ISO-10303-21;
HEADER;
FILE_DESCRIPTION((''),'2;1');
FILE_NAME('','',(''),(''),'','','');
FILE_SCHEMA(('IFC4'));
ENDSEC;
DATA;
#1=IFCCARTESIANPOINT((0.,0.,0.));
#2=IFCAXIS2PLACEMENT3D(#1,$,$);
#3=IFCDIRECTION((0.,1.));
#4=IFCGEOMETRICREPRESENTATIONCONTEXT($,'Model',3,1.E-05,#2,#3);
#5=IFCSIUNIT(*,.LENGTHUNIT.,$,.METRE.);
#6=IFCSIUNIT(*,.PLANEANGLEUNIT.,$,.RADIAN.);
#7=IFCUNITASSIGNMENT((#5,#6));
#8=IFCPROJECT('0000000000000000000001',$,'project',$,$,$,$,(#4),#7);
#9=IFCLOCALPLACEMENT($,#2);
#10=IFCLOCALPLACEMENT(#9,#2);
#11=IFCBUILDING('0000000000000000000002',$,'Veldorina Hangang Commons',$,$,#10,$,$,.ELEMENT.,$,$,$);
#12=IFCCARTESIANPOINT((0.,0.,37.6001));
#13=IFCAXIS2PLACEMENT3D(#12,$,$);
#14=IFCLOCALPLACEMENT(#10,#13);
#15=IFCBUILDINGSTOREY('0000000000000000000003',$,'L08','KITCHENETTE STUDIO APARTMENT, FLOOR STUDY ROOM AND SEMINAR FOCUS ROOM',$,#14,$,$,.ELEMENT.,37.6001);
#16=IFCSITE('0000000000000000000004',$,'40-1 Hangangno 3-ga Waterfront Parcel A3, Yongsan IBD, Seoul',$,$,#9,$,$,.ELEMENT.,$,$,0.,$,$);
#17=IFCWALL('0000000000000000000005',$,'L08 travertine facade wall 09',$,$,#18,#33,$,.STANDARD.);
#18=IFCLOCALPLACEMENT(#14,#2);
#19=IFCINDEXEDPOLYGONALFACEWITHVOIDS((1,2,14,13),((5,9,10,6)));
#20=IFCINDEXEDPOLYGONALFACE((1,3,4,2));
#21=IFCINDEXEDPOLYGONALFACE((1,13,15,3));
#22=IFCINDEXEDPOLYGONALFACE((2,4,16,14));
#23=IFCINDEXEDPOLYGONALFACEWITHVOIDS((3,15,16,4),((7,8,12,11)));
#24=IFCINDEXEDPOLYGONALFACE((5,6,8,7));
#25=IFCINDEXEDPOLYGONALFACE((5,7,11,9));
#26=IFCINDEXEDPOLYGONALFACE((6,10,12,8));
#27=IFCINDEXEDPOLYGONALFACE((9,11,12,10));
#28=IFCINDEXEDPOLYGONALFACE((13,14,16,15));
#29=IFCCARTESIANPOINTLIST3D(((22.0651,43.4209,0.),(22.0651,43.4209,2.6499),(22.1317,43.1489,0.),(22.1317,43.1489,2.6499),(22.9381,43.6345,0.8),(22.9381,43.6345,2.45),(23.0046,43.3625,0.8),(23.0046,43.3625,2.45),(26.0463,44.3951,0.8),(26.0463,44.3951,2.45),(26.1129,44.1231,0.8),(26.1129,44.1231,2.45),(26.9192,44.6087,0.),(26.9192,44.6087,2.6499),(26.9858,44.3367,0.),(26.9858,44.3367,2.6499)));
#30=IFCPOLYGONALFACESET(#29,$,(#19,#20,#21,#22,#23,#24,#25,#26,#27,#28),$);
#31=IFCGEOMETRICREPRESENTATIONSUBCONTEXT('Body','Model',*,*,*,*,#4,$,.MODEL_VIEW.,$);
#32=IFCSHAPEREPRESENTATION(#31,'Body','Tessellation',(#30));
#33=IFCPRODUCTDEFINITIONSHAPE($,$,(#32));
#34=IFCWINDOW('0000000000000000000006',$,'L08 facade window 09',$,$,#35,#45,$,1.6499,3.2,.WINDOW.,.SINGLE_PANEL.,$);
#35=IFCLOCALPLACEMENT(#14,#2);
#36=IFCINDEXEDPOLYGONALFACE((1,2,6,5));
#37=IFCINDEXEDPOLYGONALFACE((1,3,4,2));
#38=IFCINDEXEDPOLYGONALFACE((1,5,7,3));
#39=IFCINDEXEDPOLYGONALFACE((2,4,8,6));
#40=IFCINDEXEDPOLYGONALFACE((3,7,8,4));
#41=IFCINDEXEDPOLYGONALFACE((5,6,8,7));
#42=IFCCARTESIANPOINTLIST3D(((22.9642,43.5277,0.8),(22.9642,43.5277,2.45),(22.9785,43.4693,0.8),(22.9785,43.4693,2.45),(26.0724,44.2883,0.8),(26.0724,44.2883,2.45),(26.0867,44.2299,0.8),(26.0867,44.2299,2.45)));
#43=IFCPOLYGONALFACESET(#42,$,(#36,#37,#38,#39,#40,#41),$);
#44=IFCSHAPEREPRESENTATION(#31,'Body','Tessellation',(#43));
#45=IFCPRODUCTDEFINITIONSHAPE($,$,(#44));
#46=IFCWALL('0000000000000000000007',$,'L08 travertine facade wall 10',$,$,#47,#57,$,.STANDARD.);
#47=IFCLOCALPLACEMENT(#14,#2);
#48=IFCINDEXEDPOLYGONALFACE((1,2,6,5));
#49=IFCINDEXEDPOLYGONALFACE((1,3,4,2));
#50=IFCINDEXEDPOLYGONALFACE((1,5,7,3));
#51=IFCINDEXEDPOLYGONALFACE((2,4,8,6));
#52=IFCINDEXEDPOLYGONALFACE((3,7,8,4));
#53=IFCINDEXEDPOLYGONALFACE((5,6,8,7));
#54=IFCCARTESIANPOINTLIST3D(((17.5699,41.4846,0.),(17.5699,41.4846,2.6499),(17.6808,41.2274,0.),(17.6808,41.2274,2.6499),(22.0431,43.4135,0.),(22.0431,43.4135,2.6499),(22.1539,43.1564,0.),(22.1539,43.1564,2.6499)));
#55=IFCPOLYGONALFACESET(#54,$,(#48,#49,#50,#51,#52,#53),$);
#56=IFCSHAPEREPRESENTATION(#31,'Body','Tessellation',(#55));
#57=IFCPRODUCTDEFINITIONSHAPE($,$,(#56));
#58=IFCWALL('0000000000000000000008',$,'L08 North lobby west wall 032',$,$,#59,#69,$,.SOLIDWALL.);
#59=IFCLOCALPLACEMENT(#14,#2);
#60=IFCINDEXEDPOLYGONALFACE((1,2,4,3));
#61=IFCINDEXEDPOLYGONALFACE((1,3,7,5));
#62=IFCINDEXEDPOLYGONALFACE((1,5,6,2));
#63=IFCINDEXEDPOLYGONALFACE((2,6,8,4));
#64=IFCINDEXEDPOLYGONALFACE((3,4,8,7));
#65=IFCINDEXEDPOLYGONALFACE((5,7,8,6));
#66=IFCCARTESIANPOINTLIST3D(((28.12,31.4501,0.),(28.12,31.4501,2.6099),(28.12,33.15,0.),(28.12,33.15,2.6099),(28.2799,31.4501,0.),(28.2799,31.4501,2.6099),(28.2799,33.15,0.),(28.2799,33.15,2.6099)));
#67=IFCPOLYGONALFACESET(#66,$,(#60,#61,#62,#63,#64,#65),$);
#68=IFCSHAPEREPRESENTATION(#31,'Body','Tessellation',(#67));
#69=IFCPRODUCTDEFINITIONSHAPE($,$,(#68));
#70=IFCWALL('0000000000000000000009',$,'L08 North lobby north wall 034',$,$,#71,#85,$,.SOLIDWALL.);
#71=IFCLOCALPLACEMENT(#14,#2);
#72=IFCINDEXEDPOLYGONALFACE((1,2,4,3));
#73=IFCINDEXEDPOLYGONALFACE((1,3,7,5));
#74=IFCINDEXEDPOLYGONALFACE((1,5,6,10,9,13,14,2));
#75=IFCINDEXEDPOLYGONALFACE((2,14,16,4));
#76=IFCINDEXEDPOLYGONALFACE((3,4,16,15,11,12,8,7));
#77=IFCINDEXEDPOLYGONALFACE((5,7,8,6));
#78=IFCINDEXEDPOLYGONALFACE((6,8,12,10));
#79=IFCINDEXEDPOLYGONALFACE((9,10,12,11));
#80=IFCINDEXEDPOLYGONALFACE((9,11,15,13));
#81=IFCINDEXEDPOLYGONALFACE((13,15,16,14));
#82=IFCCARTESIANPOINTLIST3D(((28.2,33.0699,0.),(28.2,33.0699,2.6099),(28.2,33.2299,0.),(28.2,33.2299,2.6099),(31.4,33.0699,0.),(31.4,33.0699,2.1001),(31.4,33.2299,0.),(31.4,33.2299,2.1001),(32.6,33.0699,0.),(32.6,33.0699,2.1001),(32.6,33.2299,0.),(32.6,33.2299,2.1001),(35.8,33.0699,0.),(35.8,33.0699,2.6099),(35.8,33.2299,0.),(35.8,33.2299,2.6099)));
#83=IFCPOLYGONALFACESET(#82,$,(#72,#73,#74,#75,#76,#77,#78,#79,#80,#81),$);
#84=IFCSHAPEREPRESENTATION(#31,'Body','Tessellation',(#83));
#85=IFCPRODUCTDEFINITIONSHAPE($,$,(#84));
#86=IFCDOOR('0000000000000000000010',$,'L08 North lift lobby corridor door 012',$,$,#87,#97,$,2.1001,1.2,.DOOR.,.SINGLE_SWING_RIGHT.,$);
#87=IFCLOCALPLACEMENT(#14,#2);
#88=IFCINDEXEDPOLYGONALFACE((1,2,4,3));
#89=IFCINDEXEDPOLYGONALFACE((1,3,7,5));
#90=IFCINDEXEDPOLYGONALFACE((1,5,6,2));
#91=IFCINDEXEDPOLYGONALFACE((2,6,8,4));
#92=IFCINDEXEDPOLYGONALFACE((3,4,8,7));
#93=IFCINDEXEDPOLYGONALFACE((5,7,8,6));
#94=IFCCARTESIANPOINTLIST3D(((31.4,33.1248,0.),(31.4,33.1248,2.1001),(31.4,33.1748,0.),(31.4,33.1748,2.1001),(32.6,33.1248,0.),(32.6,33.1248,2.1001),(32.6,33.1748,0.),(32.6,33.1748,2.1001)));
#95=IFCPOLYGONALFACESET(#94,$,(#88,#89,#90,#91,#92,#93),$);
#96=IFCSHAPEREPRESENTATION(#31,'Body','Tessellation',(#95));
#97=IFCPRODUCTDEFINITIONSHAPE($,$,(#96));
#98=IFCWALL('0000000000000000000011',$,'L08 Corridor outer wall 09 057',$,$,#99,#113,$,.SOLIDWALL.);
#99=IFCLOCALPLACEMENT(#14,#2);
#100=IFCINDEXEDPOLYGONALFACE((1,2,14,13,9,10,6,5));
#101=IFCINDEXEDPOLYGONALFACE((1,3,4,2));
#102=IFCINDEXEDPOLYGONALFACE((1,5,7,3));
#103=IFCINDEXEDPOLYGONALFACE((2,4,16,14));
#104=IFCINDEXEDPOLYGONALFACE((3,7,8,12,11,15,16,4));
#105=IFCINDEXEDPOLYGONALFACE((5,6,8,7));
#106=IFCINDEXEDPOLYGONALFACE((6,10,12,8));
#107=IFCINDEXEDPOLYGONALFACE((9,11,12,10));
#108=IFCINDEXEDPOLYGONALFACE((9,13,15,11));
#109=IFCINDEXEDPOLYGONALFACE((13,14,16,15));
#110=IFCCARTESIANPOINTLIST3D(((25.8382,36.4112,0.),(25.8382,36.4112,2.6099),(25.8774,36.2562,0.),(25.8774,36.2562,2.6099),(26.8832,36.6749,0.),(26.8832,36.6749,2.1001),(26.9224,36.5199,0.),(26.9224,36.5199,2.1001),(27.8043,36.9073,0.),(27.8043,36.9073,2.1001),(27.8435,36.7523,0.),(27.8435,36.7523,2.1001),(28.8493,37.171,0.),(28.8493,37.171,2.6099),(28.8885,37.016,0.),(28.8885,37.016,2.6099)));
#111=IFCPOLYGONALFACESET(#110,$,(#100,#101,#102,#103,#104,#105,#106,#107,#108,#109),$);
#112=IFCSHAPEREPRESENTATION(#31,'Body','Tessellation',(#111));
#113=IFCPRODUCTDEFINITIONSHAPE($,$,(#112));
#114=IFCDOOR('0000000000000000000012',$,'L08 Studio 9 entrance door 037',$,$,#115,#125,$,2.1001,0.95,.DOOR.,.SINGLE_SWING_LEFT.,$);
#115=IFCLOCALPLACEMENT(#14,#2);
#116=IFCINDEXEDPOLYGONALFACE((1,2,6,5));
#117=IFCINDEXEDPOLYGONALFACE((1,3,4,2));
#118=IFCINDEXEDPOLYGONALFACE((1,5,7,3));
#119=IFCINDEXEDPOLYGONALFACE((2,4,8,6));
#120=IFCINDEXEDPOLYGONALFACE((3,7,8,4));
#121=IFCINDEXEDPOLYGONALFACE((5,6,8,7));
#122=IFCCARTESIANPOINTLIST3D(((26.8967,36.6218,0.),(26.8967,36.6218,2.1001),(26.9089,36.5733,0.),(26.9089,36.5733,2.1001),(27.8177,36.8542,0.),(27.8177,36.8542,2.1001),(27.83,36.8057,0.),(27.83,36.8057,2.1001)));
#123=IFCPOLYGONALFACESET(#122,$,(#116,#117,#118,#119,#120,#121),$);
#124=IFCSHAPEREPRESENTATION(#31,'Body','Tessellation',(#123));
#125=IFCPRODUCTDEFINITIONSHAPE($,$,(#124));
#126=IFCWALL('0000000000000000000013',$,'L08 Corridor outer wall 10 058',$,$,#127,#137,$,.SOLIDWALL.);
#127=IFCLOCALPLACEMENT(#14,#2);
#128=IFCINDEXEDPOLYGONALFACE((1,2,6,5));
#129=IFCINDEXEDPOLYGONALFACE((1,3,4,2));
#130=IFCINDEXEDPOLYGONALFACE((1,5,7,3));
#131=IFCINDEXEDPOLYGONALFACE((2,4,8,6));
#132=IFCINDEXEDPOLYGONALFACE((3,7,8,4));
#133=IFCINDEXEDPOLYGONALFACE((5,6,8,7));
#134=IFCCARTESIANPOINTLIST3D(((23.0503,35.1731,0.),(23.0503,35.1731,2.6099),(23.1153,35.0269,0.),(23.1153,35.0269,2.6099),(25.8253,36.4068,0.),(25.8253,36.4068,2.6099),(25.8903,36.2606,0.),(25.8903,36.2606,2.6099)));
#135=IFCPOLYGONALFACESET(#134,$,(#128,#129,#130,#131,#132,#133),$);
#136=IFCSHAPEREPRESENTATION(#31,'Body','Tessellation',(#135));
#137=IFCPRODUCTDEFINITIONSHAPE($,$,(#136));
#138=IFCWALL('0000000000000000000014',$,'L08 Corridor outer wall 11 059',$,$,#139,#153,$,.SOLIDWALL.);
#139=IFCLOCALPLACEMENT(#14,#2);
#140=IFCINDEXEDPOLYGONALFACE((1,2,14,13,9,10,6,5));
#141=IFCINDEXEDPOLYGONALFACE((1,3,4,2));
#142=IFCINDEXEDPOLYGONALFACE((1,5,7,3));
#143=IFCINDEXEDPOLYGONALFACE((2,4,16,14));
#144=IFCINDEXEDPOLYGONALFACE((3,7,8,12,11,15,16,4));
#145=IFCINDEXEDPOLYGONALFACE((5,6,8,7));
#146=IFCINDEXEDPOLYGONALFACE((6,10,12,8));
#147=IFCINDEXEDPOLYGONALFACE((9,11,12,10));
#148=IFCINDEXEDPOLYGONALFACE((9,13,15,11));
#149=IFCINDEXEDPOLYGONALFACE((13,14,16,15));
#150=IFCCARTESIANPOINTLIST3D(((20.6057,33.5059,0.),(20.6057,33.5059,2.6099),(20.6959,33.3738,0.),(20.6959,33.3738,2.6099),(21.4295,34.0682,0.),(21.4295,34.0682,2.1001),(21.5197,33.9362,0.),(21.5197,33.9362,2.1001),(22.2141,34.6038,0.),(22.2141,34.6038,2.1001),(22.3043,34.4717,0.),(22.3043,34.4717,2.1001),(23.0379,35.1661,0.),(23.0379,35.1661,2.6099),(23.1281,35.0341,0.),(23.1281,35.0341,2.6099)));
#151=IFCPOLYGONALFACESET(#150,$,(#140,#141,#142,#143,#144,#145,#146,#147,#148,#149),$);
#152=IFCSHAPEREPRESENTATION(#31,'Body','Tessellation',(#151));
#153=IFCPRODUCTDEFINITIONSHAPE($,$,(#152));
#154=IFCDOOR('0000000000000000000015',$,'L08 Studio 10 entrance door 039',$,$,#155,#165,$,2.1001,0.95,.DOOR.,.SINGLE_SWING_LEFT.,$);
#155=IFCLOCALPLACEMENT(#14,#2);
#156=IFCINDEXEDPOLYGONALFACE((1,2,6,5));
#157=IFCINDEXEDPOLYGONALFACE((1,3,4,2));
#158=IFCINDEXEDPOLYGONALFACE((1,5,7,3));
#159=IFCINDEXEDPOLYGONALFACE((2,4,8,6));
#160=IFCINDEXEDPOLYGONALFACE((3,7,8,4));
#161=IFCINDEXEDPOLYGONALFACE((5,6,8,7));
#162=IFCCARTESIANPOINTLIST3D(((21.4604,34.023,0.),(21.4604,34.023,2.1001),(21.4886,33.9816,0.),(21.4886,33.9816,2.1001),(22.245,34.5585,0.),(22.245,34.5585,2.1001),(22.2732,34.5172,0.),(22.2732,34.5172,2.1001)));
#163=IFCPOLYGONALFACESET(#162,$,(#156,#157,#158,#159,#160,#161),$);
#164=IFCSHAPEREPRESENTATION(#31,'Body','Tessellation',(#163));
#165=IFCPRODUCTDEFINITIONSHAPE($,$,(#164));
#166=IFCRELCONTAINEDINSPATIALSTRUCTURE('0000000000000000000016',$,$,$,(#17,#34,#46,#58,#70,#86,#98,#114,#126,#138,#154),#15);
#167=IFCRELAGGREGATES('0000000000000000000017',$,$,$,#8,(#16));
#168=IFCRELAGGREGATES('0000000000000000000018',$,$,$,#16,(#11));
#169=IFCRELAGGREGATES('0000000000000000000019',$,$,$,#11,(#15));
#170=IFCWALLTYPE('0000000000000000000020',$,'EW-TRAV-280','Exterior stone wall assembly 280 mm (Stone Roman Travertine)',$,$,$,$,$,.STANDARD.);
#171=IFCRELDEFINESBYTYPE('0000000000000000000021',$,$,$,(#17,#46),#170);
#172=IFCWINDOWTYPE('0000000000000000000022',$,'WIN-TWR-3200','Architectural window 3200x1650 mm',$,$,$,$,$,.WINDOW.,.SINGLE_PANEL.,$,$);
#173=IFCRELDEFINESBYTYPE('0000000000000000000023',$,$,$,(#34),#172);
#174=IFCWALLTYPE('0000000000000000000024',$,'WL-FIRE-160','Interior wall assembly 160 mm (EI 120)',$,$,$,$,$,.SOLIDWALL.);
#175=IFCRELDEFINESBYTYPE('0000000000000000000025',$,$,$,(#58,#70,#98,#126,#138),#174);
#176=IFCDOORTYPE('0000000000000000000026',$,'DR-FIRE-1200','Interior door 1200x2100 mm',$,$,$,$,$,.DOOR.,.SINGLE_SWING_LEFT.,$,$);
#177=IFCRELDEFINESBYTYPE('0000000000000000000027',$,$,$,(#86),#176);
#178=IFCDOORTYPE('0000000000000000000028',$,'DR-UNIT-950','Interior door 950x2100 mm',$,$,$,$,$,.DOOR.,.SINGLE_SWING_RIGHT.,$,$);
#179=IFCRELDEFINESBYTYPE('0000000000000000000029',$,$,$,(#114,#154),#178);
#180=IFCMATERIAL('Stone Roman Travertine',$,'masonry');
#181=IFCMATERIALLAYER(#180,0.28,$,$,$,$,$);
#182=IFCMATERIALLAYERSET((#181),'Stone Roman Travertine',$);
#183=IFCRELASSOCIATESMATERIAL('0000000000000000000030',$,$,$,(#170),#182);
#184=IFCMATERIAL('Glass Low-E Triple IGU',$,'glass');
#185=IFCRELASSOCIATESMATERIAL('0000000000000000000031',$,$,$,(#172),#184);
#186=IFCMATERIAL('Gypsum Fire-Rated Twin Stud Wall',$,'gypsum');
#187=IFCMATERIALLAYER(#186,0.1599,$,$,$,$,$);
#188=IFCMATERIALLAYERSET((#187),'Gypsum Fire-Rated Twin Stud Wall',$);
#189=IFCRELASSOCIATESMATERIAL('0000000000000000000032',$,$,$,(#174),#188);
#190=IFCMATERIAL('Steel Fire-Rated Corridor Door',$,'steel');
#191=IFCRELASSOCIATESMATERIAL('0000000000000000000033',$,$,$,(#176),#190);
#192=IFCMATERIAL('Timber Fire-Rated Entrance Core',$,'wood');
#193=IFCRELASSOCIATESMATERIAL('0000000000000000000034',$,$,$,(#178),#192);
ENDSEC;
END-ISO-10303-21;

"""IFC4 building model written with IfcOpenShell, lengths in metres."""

from ifc_helpers import new_model, si_unit, direction, frame, frame_2d, origin, place, context, subcontext, project, spatial, rectangle, extrude, material, layer, layer_set, type_object, element, fill, save


model = new_model("IFC4")

# Units and contexts
model_context = context("Model", 3, precision=1e-05, world=origin(), true_north=direction((0.0, 1.0)))
body_context = subcontext(model_context, "Body", "Model", "MODEL_VIEW")
ifc_project = project(units=[si_unit("LENGTHUNIT", "METRE"), si_unit("PLANEANGLEUNIT", "RADIAN")], contexts=[model_context])

# Site, building, storey
site_placement = place(None, origin())
site = spatial("IfcSite", under=ifc_project, at=site_placement, Name="40-1 Hangangno 3-ga Waterfront Parcel A3, Yongsan IBD, Seoul", CompositionType="ELEMENT", RefElevation=0.0)
building_placement = place(site_placement, origin())
building = spatial("IfcBuilding", under=site, at=building_placement, Name="Veldorina Hangang Commons", CompositionType="ELEMENT")
storey_placement = place(building_placement, frame((0.0, 0.0, 37.6001)))
storey = spatial("IfcBuildingStorey", under=building, at=storey_placement, Name="L08", Description="KITCHENETTE STUDIO APARTMENT, FLOOR STUDY ROOM AND SEMINAR FOCUS ROOM", CompositionType="ELEMENT", Elevation=37.6001)

# Wall, opening, window
ifc_material_1 = material(Name="Stone Roman Travertine", Category="masonry")
ifc_layer_1 = layer(ifc_material_1, 0.28)
ifc_layer_set_1 = layer_set([ifc_layer_1], Name="Stone Roman Travertine")
wall_type_1 = type_object("IfcWallType", Name="EW-TRAV-280", Description="Exterior stone wall assembly 280 mm (Stone Roman Travertine)", PredefinedType="STANDARD", material=ifc_layer_set_1)
wall_1_placement = place(storey_placement, frame((26.9524, 44.4727, 0.0), z_axis=(0.0, 0.0, 1.0), x_axis=(-0.971343, -0.237682, 0.0)))
wall_1 = element("IfcWall", 1, at=wall_1_placement, inside=storey, type_object=wall_type_1, Name="L08 travertine facade wall 09", PredefinedType="STANDARD", context=body_context, shape_type="SweptSolid", body=[
    extrude(rectangle(XDim=4.9973, YDim=0.28, at=frame_2d((2.4985, 0.0))), origin(), (0.0, 0.0, 1.0), 2.6499),
])
opening_1_placement = place(wall_1_placement, frame((0.8984, 0.0, 0.8)))
opening_1 = element("IfcOpeningElement", 2, at=opening_1_placement, cuts=wall_1, PredefinedType="OPENING", context=body_context, shape_type="SweptSolid", body=[
    extrude(rectangle(XDim=3.2, YDim=1.6499, at=frame_2d((1.6001, 0.825))), frame((0.0, 0.1499, 0.0), z_axis=(0.0, -1.0, 0.0), x_axis=(1.0, 0.0, 0.0)), (0.0, 0.0, 1.0), 0.3),
])
ifc_material_2 = material(Name="Glass Low-E Triple IGU", Category="glass")
window_type = type_object("IfcWindowType", Name="WIN-TWR-3200", Description="Architectural window 3200x1650 mm", PartitioningType="SINGLE_PANEL", PredefinedType="WINDOW", material=ifc_material_2)
window_placement = place(opening_1_placement, origin())
window = element("IfcWindow", 3, at=window_placement, inside=storey, type_object=window_type, Name="L08 facade window 09", OverallHeight=1.6499, OverallWidth=3.2, PartitioningType="SINGLE_PANEL", PredefinedType="WINDOW", context=body_context, shape_type="SweptSolid", body=[
    extrude(rectangle(XDim=3.2, YDim=1.6499, at=frame_2d((1.6001, 0.825))), frame((0.0, 0.03, 0.0), z_axis=(0.0, -1.0, 0.0), x_axis=(1.0, 0.0, 0.0)), (0.0, 0.0, 1.0), 0.0601),
])
fill(opening_1, window)

# Walls
wall_2_placement = place(storey_placement, frame((22.0984, 43.2849, 0.0), z_axis=(0.0, 0.0, 1.0), x_axis=(-0.918259, -0.395981, 0.0)))
element("IfcWall", 4, at=wall_2_placement, inside=storey, type_object=wall_type_1, Name="L08 travertine facade wall 10", PredefinedType="STANDARD", context=body_context, shape_type="SweptSolid", body=[
    extrude(rectangle(XDim=4.8713, YDim=0.28, at=frame_2d((2.4355, 0.0))), origin(), (0.0, 0.0, 1.0), 2.6499),
])
ifc_material_3 = material(Name="Gypsum Fire-Rated Twin Stud Wall", Category="gypsum")
ifc_layer_2 = layer(ifc_material_3, 0.1599)
ifc_layer_set_2 = layer_set([ifc_layer_2], Name="Gypsum Fire-Rated Twin Stud Wall")
wall_type_2 = type_object("IfcWallType", Name="WL-FIRE-160", Description="Interior wall assembly 160 mm (EI 120)", PredefinedType="SOLIDWALL", material=ifc_layer_set_2)
wall_3_placement = place(storey_placement, frame((28.2, 31.45, 0.0), z_axis=(0.0, 0.0, 1.0), x_axis=(0.0, 1.0, 0.0)))
element("IfcWall", 5, at=wall_3_placement, inside=storey, type_object=wall_type_2, Name="L08 North lobby west wall 032", PredefinedType="SOLIDWALL", context=body_context, shape_type="SweptSolid", body=[
    extrude(rectangle(XDim=1.7, YDim=0.1599, at=frame_2d((0.8501, 0.0))), origin(), (0.0, 0.0, 1.0), 2.6099),
])

# Walls, openings, doors
wall_4_placement = place(storey_placement, frame((28.2, 33.1499, 0.0), z_axis=(0.0, 0.0, 1.0), x_axis=(1.0, 0.0, 0.0)))
wall_4 = element("IfcWall", 6, at=wall_4_placement, inside=storey, type_object=wall_type_2, Name="L08 North lobby north wall 034", PredefinedType="SOLIDWALL", context=body_context, shape_type="SweptSolid", body=[
    extrude(rectangle(XDim=7.6001, YDim=0.1599, at=frame_2d((3.8, 0.0))), origin(), (0.0, 0.0, 1.0), 2.6099),
])
opening_2_placement = place(wall_4_placement, frame((3.2, 0.0, 0.0)))
opening_2 = element("IfcOpeningElement", 7, at=opening_2_placement, cuts=wall_4, PredefinedType="OPENING", context=body_context, shape_type="SweptSolid", body=[
    extrude(rectangle(XDim=1.2, YDim=2.1001, at=frame_2d((0.6001, 1.05))), frame((0.0, 0.0898, 0.0), z_axis=(0.0, -1.0, 0.0), x_axis=(1.0, 0.0, 0.0)), (0.0, 0.0, 1.0), 0.1799),
])
ifc_material_4 = material(Name="Steel Fire-Rated Corridor Door", Category="steel")
door_type_1 = type_object("IfcDoorType", Name="DR-FIRE-1200", Description="Interior door 1200x2100 mm", OperationType="SINGLE_SWING_LEFT", PredefinedType="DOOR", material=ifc_material_4)
door_1_placement = place(opening_2_placement, origin())
door_1 = element("IfcDoor", 8, at=door_1_placement, inside=storey, type_object=door_type_1, Name="L08 North lift lobby corridor door 012", OperationType="SINGLE_SWING_RIGHT", OverallHeight=2.1001, OverallWidth=1.2, PredefinedType="DOOR", context=body_context, shape_type="SweptSolid", body=[
    extrude(rectangle(XDim=1.2, YDim=2.1001, at=frame_2d((0.6001, 1.05))), frame((0.0, 0.0249, 0.0), z_axis=(0.0, -1.0, 0.0), x_axis=(1.0, 0.0, 0.0)), (0.0, 0.0, 1.0), 0.05),
])
fill(opening_2, door_1)
wall_5_placement = place(storey_placement, frame((28.8689, 37.0935, 0.0), z_axis=(0.0, 0.0, 1.0), x_axis=(-0.969608, -0.244662, 0.0)))
wall_5 = element("IfcWall", 9, at=wall_5_placement, inside=storey, type_object=wall_type_2, Name="L08 Corridor outer wall 09 057", PredefinedType="SOLIDWALL", context=body_context, shape_type="SweptSolid", body=[
    extrude(rectangle(XDim=3.1055, YDim=0.1599, at=frame_2d((1.5527, 0.0))), origin(), (0.0, 0.0, 1.0), 2.6099),
])
opening_3_placement = place(wall_5_placement, frame((1.0776, 0.0, 0.0)))
opening_3 = element("IfcOpeningElement", 10, at=opening_3_placement, cuts=wall_5, PredefinedType="OPENING", context=body_context, shape_type="SweptSolid", body=[
    extrude(rectangle(XDim=0.95, YDim=2.1001, at=frame_2d((0.4751, 1.05))), frame((0.0, 0.0898, 0.0), z_axis=(0.0, -1.0, 0.0), x_axis=(1.0, 0.0, 0.0)), (0.0, 0.0, 1.0), 0.1799),
])
ifc_material_5 = material(Name="Timber Fire-Rated Entrance Core", Category="wood")
door_type_2 = type_object("IfcDoorType", Name="DR-UNIT-950", Description="Interior door 950x2100 mm", OperationType="SINGLE_SWING_RIGHT", PredefinedType="DOOR", material=ifc_material_5)
door_2_placement = place(opening_3_placement, origin())
door_2 = element("IfcDoor", 11, at=door_2_placement, inside=storey, type_object=door_type_2, Name="L08 Studio 9 entrance door 037", OperationType="SINGLE_SWING_LEFT", OverallHeight=2.1001, OverallWidth=0.95, PredefinedType="DOOR", context=body_context, shape_type="SweptSolid", body=[
    extrude(rectangle(XDim=0.95, YDim=2.1001, at=frame_2d((0.4751, 1.05))), frame((0.0, 0.0249, 0.0), z_axis=(0.0, -1.0, 0.0), x_axis=(1.0, 0.0, 0.0)), (0.0, 0.0, 1.0), 0.05),
])
fill(opening_3, door_2)

# Wall
wall_6_placement = place(storey_placement, frame((25.8579, 36.3337, 0.0), z_axis=(0.0, 0.0, 1.0), x_axis=(-0.913768, -0.406235, 0.0)))
element("IfcWall", 12, at=wall_6_placement, inside=storey, type_object=wall_type_2, Name="L08 Corridor outer wall 10 058", PredefinedType="SOLIDWALL", context=body_context, shape_type="SweptSolid", body=[
    extrude(rectangle(XDim=3.0369, YDim=0.1599, at=frame_2d((1.5186, 0.0))), origin(), (0.0, 0.0, 1.0), 2.6099),
])

# Wall, opening, door
wall_7_placement = place(storey_placement, frame((23.083, 35.1001, 0.0), z_axis=(0.0, 0.0, 1.0), x_axis=(-0.825929, -0.563774, 0.0)))
wall_7 = element("IfcWall", 13, at=wall_7_placement, inside=storey, type_object=wall_type_2, Name="L08 Corridor outer wall 11 059", PredefinedType="SOLIDWALL", context=body_context, shape_type="SweptSolid", body=[
    extrude(rectangle(XDim=2.9448, YDim=0.1599, at=frame_2d((1.4724, 0.0))), origin(), (0.0, 0.0, 1.0), 2.6099),
])
opening_4_placement = place(wall_7_placement, frame((0.9973, 0.0, 0.0)))
opening_4 = element("IfcOpeningElement", 14, at=opening_4_placement, cuts=wall_7, PredefinedType="OPENING", context=body_context, shape_type="SweptSolid", body=[
    extrude(rectangle(XDim=0.95, YDim=2.1001, at=frame_2d((0.4751, 1.05))), frame((0.0, 0.0898, 0.0), z_axis=(0.0, -1.0, 0.0), x_axis=(1.0, 0.0, 0.0)), (0.0, 0.0, 1.0), 0.1799),
])
door_3_placement = place(opening_4_placement, origin())
door_3 = element("IfcDoor", 15, at=door_3_placement, inside=storey, type_object=door_type_2, Name="L08 Studio 10 entrance door 039", OperationType="SINGLE_SWING_LEFT", OverallHeight=2.1001, OverallWidth=0.95, PredefinedType="DOOR", context=body_context, shape_type="SweptSolid", body=[
    extrude(rectangle(XDim=0.95, YDim=2.1001, at=frame_2d((0.4751, 1.05))), frame((0.0, 0.0249, 0.0), z_axis=(0.0, -1.0, 0.0), x_axis=(1.0, 0.0, 0.0)), (0.0, 0.0, 1.0), 0.05),
])
fill(opening_4, door_3)

save(model, "model.ifc")
